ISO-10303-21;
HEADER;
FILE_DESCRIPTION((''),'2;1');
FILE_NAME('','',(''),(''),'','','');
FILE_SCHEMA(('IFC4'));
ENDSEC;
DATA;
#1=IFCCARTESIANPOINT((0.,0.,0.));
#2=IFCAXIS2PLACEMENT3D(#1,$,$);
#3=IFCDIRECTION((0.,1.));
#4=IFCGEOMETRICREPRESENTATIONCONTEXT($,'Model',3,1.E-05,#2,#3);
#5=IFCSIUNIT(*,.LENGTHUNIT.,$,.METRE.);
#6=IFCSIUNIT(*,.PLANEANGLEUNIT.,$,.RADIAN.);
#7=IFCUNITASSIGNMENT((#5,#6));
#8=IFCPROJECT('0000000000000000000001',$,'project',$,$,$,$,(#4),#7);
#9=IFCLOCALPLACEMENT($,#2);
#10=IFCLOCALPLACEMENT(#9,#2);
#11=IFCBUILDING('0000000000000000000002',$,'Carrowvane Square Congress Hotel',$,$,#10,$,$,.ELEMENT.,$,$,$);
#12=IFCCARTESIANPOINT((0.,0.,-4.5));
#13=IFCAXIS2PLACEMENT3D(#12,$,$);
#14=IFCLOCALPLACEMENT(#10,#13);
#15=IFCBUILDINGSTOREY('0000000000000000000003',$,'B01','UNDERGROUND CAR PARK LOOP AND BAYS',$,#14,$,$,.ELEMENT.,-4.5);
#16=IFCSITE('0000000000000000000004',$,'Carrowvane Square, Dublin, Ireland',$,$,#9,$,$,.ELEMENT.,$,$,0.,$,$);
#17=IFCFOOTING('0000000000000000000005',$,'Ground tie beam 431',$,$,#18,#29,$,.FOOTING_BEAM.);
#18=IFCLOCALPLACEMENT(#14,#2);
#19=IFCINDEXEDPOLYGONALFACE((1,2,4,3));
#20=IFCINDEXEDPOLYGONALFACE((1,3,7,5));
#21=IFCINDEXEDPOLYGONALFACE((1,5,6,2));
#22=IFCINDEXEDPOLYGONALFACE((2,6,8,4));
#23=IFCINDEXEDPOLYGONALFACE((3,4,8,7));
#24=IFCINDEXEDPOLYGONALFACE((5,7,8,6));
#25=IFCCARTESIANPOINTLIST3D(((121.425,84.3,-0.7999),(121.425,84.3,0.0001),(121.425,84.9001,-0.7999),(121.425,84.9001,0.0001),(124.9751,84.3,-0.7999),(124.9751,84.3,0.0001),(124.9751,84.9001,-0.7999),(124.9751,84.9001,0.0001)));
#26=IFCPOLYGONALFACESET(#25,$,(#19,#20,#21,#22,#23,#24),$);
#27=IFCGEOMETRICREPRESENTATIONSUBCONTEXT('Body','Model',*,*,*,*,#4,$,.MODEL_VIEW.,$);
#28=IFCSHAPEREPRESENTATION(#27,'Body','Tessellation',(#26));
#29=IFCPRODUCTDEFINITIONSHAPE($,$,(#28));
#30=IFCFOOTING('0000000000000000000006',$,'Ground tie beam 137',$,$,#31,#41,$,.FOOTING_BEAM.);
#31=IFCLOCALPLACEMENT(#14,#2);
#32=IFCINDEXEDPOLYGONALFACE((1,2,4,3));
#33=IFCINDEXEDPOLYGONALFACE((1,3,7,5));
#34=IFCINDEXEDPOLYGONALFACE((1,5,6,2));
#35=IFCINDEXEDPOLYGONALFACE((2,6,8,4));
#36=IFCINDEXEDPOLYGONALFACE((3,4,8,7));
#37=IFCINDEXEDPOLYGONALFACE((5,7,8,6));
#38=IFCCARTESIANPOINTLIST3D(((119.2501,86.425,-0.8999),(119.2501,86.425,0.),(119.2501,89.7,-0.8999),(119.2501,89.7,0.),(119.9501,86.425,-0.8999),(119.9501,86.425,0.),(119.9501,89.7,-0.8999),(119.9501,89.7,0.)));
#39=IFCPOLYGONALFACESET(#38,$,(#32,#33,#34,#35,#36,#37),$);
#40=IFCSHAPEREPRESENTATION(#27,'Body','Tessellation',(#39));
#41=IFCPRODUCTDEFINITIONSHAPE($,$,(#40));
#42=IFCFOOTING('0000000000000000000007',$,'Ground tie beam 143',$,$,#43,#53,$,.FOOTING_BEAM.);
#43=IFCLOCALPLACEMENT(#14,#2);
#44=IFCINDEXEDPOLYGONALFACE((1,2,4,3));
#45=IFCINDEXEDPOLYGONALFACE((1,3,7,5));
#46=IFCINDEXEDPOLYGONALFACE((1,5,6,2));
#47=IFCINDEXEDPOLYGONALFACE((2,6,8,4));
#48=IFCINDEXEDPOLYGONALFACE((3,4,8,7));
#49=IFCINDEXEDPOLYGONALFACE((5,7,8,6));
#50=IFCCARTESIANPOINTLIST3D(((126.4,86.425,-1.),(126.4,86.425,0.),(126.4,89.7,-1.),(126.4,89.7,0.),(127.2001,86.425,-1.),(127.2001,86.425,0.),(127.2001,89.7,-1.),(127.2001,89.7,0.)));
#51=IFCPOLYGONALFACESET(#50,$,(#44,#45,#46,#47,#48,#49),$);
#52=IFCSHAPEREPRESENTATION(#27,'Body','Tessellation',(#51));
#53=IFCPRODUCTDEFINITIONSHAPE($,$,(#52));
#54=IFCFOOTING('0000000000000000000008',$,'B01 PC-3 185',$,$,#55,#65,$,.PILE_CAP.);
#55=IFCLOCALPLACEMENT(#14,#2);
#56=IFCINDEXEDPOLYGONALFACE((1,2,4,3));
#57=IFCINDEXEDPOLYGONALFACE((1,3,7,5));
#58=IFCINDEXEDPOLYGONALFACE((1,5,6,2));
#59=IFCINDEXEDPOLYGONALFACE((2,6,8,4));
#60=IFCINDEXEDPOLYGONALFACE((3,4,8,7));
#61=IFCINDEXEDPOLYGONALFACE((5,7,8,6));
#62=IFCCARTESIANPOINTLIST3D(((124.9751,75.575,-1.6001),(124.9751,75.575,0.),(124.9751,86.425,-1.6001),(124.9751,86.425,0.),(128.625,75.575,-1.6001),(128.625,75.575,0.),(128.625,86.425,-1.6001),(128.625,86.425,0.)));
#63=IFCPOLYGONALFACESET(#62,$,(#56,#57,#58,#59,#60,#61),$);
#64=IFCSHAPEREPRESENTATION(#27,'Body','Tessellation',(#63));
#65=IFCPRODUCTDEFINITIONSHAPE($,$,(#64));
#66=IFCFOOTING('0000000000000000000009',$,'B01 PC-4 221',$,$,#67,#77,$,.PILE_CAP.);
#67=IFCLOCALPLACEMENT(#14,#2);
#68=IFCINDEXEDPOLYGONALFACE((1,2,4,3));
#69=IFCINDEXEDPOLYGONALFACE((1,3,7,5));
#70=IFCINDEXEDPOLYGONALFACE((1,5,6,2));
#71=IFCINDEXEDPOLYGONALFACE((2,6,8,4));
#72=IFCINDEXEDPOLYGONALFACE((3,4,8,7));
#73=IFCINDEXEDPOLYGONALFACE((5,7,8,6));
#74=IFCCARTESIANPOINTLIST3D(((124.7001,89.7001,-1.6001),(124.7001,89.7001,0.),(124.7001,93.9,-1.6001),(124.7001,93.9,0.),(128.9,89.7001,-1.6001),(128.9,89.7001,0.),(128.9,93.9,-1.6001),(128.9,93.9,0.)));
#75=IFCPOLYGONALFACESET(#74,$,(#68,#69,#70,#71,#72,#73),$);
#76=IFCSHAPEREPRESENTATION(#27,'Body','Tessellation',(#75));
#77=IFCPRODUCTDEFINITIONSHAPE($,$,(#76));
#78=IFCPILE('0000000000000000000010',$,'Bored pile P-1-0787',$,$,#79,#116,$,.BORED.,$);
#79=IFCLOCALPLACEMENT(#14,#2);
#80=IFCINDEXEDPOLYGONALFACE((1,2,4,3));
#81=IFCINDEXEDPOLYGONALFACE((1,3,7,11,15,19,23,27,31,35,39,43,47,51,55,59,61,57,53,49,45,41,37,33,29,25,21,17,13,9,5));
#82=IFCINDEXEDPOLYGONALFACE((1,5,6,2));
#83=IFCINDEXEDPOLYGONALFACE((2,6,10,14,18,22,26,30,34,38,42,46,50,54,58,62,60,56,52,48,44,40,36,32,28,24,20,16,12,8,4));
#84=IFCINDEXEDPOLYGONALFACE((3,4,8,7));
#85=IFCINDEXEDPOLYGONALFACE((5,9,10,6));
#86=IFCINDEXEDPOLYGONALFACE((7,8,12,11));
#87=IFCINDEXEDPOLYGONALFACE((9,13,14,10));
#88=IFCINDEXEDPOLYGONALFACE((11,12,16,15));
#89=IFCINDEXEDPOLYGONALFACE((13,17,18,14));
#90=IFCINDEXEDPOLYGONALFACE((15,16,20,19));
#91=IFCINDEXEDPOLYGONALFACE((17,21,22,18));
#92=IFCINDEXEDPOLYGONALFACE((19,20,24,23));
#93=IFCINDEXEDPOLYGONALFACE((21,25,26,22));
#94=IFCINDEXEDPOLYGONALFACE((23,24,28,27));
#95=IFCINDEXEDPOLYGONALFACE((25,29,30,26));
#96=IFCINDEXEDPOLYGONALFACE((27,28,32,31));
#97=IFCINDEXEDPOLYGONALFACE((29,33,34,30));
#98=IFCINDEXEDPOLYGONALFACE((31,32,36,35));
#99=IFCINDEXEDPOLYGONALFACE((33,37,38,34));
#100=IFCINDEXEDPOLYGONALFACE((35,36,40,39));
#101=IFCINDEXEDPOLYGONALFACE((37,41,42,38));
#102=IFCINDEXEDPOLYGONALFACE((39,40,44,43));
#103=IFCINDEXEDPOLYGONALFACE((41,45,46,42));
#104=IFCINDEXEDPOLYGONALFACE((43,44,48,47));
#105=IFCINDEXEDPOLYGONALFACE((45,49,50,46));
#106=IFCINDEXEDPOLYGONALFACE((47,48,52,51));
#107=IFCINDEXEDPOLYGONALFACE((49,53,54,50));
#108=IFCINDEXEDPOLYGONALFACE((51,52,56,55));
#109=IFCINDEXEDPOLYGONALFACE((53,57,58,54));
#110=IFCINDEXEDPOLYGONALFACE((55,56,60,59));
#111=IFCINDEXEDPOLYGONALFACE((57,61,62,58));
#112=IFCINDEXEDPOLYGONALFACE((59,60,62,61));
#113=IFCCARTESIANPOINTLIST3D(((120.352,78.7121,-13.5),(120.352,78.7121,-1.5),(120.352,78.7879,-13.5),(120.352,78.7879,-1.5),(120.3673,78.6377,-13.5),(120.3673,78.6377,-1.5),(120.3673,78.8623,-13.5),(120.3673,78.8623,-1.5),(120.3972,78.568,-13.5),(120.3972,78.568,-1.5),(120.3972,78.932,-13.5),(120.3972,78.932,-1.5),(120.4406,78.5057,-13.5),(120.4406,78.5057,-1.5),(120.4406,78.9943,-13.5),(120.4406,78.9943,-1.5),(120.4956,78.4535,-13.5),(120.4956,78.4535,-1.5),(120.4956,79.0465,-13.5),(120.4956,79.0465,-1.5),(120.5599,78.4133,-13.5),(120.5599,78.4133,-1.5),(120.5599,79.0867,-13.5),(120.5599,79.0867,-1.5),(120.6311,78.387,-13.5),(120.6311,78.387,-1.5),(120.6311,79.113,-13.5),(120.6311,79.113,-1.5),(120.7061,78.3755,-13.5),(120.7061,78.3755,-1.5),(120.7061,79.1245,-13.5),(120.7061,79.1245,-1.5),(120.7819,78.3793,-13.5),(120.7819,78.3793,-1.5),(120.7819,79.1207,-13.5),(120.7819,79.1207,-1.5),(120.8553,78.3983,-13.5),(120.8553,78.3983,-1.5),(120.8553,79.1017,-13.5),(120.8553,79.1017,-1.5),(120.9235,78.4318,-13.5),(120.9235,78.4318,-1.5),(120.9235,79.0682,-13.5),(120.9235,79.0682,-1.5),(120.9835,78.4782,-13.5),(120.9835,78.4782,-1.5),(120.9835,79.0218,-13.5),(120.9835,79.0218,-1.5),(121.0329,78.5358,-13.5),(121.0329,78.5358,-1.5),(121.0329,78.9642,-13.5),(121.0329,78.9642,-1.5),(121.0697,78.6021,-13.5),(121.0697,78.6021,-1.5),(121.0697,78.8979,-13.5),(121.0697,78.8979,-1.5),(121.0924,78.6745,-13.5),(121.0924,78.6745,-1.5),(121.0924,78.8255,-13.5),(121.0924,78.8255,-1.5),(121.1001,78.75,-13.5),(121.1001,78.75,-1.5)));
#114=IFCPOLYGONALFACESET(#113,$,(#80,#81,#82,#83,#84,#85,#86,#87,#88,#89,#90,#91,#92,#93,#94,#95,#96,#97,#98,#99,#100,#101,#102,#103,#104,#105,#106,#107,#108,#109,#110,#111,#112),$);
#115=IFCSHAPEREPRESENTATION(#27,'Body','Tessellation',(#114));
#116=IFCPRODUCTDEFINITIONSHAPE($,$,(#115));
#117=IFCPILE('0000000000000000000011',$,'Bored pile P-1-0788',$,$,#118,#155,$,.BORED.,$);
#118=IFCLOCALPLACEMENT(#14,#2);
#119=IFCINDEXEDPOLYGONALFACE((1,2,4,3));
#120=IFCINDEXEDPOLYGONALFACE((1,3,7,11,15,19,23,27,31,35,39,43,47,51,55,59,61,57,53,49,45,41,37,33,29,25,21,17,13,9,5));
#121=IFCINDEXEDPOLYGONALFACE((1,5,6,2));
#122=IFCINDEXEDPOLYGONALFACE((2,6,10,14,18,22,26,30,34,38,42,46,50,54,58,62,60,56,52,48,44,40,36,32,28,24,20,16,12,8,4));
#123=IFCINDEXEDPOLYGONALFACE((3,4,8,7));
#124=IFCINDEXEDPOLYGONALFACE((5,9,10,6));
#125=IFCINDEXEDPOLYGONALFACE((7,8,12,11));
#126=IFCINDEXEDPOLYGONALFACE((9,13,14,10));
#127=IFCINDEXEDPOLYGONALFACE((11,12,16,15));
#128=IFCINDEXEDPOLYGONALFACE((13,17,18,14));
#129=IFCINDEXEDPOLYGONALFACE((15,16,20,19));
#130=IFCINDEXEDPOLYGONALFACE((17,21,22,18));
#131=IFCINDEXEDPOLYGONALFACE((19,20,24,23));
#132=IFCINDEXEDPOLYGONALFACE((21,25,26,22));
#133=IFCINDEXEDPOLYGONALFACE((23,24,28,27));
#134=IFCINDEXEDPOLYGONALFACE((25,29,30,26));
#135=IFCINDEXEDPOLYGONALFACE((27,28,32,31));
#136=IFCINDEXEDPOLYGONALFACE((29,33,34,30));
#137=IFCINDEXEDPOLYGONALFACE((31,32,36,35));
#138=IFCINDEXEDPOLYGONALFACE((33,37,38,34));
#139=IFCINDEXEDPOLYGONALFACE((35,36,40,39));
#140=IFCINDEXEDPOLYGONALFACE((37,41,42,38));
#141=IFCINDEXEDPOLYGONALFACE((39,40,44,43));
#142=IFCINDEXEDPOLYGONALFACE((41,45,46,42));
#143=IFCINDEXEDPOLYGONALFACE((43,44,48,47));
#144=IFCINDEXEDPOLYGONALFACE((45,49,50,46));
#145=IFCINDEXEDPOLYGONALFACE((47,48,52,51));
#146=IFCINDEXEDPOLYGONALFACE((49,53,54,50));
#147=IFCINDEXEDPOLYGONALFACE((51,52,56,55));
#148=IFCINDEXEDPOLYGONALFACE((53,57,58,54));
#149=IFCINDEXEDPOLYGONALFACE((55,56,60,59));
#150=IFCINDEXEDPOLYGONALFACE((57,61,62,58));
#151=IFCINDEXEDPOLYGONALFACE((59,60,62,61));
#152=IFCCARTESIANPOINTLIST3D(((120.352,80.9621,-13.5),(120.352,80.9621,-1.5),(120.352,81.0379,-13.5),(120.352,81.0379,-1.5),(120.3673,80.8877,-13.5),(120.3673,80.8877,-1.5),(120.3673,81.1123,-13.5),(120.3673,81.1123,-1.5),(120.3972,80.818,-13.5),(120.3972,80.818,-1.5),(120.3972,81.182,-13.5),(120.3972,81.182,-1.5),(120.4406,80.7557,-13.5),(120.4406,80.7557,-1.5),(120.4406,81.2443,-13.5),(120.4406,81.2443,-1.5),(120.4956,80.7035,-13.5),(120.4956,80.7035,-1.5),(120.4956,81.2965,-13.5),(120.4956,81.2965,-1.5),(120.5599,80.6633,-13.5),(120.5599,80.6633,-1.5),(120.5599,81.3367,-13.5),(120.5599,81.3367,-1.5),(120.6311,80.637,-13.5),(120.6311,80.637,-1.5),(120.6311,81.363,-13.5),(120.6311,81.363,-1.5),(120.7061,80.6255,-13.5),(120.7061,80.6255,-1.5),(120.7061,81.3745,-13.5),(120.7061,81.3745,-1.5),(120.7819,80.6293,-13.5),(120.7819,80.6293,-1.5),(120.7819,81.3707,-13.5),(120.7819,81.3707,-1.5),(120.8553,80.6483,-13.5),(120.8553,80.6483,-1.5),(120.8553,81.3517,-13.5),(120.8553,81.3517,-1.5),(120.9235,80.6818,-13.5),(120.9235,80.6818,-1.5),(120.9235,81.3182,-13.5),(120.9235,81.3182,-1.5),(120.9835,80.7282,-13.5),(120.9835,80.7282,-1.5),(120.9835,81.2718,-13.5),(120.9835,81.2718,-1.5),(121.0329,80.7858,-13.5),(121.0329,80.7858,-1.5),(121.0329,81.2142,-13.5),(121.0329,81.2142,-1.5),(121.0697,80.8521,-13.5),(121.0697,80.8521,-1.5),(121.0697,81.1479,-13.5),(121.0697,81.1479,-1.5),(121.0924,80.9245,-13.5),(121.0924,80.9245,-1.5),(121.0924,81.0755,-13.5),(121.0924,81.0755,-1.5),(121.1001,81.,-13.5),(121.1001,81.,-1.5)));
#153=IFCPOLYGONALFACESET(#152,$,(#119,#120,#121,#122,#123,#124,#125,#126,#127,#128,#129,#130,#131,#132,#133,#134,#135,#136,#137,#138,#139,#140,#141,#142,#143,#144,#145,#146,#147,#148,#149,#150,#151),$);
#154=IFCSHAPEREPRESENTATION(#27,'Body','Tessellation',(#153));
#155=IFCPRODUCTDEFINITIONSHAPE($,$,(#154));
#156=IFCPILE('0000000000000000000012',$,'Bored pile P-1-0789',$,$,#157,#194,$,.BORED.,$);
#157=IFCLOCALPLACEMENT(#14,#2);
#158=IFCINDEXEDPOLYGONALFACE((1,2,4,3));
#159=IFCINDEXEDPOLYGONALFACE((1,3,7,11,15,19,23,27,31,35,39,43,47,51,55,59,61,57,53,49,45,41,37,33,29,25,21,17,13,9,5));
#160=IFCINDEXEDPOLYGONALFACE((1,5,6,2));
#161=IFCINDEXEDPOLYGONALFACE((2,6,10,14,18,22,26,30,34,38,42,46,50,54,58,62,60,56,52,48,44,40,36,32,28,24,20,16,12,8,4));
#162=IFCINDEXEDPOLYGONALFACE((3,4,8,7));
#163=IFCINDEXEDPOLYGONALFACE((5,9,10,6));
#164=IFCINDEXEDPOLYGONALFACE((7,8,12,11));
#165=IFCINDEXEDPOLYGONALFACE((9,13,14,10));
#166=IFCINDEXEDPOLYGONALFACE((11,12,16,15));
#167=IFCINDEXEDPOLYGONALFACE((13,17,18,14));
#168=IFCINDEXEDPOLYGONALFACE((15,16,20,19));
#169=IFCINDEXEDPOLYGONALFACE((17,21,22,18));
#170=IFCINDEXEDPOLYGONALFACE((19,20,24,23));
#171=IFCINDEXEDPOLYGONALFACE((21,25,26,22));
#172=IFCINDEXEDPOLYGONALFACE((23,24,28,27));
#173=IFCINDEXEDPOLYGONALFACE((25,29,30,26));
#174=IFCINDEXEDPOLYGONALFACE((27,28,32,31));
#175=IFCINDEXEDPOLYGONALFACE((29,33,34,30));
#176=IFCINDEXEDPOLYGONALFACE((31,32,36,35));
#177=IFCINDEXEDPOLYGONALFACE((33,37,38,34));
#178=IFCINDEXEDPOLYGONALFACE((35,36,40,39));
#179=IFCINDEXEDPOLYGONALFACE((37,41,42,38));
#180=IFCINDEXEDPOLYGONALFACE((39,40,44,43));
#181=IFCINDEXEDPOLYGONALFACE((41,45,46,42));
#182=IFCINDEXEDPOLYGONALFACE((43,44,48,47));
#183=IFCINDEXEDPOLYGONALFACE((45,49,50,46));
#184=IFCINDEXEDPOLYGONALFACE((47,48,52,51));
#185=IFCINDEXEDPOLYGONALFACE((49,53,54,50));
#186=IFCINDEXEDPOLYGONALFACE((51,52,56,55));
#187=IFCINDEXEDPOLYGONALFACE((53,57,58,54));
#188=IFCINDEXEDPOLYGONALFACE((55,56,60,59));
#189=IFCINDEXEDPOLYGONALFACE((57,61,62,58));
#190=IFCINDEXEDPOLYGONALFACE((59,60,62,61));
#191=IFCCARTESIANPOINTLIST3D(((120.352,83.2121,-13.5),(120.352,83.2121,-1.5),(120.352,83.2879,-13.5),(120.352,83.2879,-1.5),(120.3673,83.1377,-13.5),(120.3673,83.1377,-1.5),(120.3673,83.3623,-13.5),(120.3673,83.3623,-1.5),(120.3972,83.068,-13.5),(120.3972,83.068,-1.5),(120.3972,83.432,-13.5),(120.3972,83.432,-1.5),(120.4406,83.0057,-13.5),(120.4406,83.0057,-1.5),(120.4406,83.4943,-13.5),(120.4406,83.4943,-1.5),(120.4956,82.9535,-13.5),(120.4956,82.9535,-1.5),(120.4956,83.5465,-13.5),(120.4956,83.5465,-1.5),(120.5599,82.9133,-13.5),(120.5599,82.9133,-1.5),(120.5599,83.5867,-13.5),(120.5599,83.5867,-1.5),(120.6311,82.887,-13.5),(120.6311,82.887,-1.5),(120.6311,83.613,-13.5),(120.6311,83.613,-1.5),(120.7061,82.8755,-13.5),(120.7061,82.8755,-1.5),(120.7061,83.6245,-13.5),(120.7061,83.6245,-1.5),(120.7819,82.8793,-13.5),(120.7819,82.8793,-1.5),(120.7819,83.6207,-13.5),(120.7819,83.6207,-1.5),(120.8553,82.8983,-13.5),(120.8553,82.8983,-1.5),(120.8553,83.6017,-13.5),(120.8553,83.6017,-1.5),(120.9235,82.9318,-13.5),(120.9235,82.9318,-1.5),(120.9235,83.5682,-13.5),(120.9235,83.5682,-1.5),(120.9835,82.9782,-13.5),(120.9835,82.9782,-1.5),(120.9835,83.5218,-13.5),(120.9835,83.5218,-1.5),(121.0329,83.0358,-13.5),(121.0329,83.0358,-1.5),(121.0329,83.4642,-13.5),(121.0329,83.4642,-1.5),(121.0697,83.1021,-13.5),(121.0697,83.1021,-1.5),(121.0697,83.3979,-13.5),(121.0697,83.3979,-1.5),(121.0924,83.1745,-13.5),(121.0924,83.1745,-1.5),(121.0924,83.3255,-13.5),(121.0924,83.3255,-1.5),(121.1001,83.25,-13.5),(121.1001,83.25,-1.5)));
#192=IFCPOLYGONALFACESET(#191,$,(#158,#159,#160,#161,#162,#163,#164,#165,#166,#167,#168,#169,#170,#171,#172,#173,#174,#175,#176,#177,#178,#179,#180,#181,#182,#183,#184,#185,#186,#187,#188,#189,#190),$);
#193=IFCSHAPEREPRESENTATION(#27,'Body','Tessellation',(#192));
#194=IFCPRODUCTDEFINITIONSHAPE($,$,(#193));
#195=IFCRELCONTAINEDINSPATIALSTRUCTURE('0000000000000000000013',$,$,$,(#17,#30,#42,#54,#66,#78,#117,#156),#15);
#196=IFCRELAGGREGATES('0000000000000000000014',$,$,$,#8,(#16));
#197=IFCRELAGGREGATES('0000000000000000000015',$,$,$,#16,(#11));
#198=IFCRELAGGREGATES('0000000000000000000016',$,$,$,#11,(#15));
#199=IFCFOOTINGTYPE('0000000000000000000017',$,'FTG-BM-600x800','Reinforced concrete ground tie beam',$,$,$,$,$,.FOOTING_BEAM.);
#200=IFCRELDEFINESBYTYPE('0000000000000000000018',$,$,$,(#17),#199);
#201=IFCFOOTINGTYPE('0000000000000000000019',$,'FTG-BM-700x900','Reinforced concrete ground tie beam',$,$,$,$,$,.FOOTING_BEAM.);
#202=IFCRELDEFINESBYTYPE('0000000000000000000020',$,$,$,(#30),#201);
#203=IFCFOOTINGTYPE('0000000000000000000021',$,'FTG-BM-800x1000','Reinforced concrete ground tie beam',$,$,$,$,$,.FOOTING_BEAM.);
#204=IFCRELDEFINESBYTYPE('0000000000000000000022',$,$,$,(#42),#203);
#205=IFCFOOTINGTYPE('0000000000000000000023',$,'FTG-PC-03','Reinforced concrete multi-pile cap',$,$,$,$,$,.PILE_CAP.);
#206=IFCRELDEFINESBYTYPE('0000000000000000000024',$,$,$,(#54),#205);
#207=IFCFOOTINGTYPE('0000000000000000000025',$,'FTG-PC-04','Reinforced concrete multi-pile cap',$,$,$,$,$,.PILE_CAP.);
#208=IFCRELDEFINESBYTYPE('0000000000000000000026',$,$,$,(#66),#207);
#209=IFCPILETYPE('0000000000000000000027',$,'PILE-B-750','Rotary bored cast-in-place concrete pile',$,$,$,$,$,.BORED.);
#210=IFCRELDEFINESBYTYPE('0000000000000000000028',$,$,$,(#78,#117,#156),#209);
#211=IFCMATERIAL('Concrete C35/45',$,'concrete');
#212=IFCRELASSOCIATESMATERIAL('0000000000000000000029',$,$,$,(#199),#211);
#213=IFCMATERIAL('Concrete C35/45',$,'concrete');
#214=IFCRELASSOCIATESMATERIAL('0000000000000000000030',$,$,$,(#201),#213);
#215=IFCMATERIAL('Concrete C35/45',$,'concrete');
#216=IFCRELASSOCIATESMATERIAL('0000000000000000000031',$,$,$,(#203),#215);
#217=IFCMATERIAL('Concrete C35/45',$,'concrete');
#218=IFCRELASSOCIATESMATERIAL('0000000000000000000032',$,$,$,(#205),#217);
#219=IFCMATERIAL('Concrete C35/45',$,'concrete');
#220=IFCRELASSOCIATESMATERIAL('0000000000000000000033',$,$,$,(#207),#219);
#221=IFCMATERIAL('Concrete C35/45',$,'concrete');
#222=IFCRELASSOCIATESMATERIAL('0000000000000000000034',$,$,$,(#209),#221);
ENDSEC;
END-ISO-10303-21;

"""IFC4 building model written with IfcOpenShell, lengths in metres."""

from ifc_helpers import new_model, si_unit, direction, frame, origin, origin_2d, place, context, subcontext, project, spatial, rectangle, circle, extrude, material, material_profile, profile_set, type_object, element, save


model = new_model("IFC4")

# Units and contexts
model_context = context("Model", 3, precision=1e-05, world=origin(), true_north=direction((0.0, 1.0)))
body_context = subcontext(model_context, "Body", "Model", "MODEL_VIEW")
ifc_project = project(units=[si_unit("LENGTHUNIT", "METRE"), si_unit("PLANEANGLEUNIT", "RADIAN")], contexts=[model_context])

# Site, building, storey
site_placement = place(None, origin())
site = spatial("IfcSite", under=ifc_project, at=site_placement, Name="Carrowvane Square, Dublin, Ireland", CompositionType="ELEMENT", RefElevation=0.0)
building_placement = place(site_placement, origin())
building = spatial("IfcBuilding", under=site, at=building_placement, Name="Carrowvane Square Congress Hotel", CompositionType="ELEMENT")
storey_placement = place(building_placement, frame((0.0, 0.0, -4.5)))
storey = spatial("IfcBuildingStorey", under=building, at=storey_placement, Name="B01", Description="UNDERGROUND CAR PARK LOOP AND BAYS", CompositionType="ELEMENT", Elevation=-4.5)

# Footings
ifc_material_1 = material(Name="Concrete C35/45", Category="concrete")
ifc_material_profile_1 = material_profile(ifc_material_1, rectangle(XDim=0.6001, YDim=0.8, at=origin_2d()), Name="RC 600x800")
ifc_profile_set_1 = profile_set([ifc_material_profile_1], Name="Concrete C35/45")
footing_type_1 = type_object("IfcFootingType", Name="FTG-BM-600x800", Description="Reinforced concrete ground tie beam", PredefinedType="FOOTING_BEAM", material=ifc_profile_set_1)
footing_1_placement = place(storey_placement, frame((121.425, 84.6001, -0.3999), z_axis=(1.0, 0.0, 0.0), x_axis=(0.0, 1.0, 0.0)))
element("IfcFooting", 1, at=footing_1_placement, inside=storey, type_object=footing_type_1, Name="Ground tie beam 431", PredefinedType="FOOTING_BEAM", context=body_context, shape_type="SweptSolid", body=[
    extrude(rectangle(XDim=0.6001, YDim=0.8, at=origin_2d()), origin(), (0.0, 0.0, 1.0), 3.55),
])
ifc_material_2 = material(Name="Concrete C35/45", Category="concrete")
ifc_material_profile_2 = material_profile(ifc_material_2, rectangle(XDim=0.7, YDim=0.8999, at=origin_2d()), Name="RC 700x900")
ifc_profile_set_2 = profile_set([ifc_material_profile_2], Name="Concrete C35/45")
footing_type_2 = type_object("IfcFootingType", Name="FTG-BM-700x900", Description="Reinforced concrete ground tie beam", PredefinedType="FOOTING_BEAM", material=ifc_profile_set_2)
footing_2_placement = place(storey_placement, frame((119.6001, 86.425, -0.45), z_axis=(0.0, 1.0, 0.0), x_axis=(-1.0, 0.0, 0.0)))
element("IfcFooting", 2, at=footing_2_placement, inside=storey, type_object=footing_type_2, Name="Ground tie beam 137", PredefinedType="FOOTING_BEAM", context=body_context, shape_type="SweptSolid", body=[
    extrude(rectangle(XDim=0.7, YDim=0.8999, at=origin_2d()), origin(), (0.0, 0.0, 1.0), 3.2749),
])
ifc_material_3 = material(Name="Concrete C35/45", Category="concrete")
ifc_material_profile_3 = material_profile(ifc_material_3, rectangle(XDim=0.8, YDim=1.0, at=origin_2d()), Name="RC 800x1000")
ifc_profile_set_3 = profile_set([ifc_material_profile_3], Name="Concrete C35/45")
footing_type_3 = type_object("IfcFootingType", Name="FTG-BM-800x1000", Description="Reinforced concrete ground tie beam", PredefinedType="FOOTING_BEAM", material=ifc_profile_set_3)
footing_3_placement = place(storey_placement, frame((126.8, 86.425, -0.5), z_axis=(0.0, 1.0, 0.0), x_axis=(-1.0, 0.0, 0.0)))
element("IfcFooting", 3, at=footing_3_placement, inside=storey, type_object=footing_type_3, Name="Ground tie beam 143", PredefinedType="FOOTING_BEAM", context=body_context, shape_type="SweptSolid", body=[
    extrude(rectangle(XDim=0.8, YDim=1.0, at=origin_2d()), origin(), (0.0, 0.0, 1.0), 3.2749),
])
ifc_material_4 = material(Name="Concrete C35/45", Category="concrete")
footing_type_4 = type_object("IfcFootingType", Name="FTG-PC-03", Description="Reinforced concrete multi-pile cap", PredefinedType="PILE_CAP", material=ifc_material_4)
footing_4_placement = place(storey_placement, frame((126.8, 81.0, -1.6001), z_axis=(0.0, 0.0, 1.0), x_axis=(1.0, 0.0, 0.0)))
element("IfcFooting", 4, at=footing_4_placement, inside=storey, type_object=footing_type_4, Name="B01 PC-3 185", PredefinedType="PILE_CAP", context=body_context, shape_type="SweptSolid", body=[
    extrude(rectangle(XDim=3.6499, YDim=10.8501, at=origin_2d()), origin(), (0.0, 0.0, 1.0), 1.6001),
])
ifc_material_5 = material(Name="Concrete C35/45", Category="concrete")
footing_type_5 = type_object("IfcFootingType", Name="FTG-PC-04", Description="Reinforced concrete multi-pile cap", PredefinedType="PILE_CAP", material=ifc_material_5)
footing_5_placement = place(storey_placement, frame((126.8, 91.8, -1.6001), z_axis=(0.0, 0.0, 1.0), x_axis=(1.0, 0.0, 0.0)))
element("IfcFooting", 5, at=footing_5_placement, inside=storey, type_object=footing_type_5, Name="B01 PC-4 221", PredefinedType="PILE_CAP", context=body_context, shape_type="SweptSolid", body=[
    extrude(rectangle(XDim=4.2, YDim=4.2, at=origin_2d()), origin(), (0.0, 0.0, 1.0), 1.6001),
])

# Piles
ifc_material_6 = material(Name="Concrete C35/45", Category="concrete")
ifc_material_profile_4 = material_profile(ifc_material_6, circle(Radius=0.375, at=origin_2d()), Name="PILE D750")
ifc_profile_set_4 = profile_set([ifc_material_profile_4], Name="Concrete C35/45")
pile_type_1 = type_object("IfcPileType", Name="PILE-B-750", Description="Rotary bored cast-in-place concrete pile", PredefinedType="BORED", material=ifc_profile_set_4)
for number, where, z_axis, x_axis, name in (
    (6, (120.7251, 78.75, -1.5), (0.0, 0.0, -1.0), (1.0, 0.0, 0.0), "Bored pile P-1-0787"),
    (7, (120.7251, 81.0, -1.5), (0.0, 0.0, -1.0), (1.0, 0.0, 0.0), "Bored pile P-1-0788"),
    (8, (120.7251, 83.25, -1.5), (0.0, 0.0, -1.0), (1.0, 0.0, 0.0), "Bored pile P-1-0789"),
):
    element("IfcPile", number, at=place(storey_placement, frame(where, z_axis=z_axis, x_axis=x_axis)), inside=storey, type_object=pile_type_1, Name=name, PredefinedType="BORED", context=body_context, shape_type="SweptSolid", body=[
        extrude(circle(Radius=0.375, at=origin_2d()), origin(), (0.0, 0.0, 1.0), 12.0),
    ])

save(model, "model.ifc")
